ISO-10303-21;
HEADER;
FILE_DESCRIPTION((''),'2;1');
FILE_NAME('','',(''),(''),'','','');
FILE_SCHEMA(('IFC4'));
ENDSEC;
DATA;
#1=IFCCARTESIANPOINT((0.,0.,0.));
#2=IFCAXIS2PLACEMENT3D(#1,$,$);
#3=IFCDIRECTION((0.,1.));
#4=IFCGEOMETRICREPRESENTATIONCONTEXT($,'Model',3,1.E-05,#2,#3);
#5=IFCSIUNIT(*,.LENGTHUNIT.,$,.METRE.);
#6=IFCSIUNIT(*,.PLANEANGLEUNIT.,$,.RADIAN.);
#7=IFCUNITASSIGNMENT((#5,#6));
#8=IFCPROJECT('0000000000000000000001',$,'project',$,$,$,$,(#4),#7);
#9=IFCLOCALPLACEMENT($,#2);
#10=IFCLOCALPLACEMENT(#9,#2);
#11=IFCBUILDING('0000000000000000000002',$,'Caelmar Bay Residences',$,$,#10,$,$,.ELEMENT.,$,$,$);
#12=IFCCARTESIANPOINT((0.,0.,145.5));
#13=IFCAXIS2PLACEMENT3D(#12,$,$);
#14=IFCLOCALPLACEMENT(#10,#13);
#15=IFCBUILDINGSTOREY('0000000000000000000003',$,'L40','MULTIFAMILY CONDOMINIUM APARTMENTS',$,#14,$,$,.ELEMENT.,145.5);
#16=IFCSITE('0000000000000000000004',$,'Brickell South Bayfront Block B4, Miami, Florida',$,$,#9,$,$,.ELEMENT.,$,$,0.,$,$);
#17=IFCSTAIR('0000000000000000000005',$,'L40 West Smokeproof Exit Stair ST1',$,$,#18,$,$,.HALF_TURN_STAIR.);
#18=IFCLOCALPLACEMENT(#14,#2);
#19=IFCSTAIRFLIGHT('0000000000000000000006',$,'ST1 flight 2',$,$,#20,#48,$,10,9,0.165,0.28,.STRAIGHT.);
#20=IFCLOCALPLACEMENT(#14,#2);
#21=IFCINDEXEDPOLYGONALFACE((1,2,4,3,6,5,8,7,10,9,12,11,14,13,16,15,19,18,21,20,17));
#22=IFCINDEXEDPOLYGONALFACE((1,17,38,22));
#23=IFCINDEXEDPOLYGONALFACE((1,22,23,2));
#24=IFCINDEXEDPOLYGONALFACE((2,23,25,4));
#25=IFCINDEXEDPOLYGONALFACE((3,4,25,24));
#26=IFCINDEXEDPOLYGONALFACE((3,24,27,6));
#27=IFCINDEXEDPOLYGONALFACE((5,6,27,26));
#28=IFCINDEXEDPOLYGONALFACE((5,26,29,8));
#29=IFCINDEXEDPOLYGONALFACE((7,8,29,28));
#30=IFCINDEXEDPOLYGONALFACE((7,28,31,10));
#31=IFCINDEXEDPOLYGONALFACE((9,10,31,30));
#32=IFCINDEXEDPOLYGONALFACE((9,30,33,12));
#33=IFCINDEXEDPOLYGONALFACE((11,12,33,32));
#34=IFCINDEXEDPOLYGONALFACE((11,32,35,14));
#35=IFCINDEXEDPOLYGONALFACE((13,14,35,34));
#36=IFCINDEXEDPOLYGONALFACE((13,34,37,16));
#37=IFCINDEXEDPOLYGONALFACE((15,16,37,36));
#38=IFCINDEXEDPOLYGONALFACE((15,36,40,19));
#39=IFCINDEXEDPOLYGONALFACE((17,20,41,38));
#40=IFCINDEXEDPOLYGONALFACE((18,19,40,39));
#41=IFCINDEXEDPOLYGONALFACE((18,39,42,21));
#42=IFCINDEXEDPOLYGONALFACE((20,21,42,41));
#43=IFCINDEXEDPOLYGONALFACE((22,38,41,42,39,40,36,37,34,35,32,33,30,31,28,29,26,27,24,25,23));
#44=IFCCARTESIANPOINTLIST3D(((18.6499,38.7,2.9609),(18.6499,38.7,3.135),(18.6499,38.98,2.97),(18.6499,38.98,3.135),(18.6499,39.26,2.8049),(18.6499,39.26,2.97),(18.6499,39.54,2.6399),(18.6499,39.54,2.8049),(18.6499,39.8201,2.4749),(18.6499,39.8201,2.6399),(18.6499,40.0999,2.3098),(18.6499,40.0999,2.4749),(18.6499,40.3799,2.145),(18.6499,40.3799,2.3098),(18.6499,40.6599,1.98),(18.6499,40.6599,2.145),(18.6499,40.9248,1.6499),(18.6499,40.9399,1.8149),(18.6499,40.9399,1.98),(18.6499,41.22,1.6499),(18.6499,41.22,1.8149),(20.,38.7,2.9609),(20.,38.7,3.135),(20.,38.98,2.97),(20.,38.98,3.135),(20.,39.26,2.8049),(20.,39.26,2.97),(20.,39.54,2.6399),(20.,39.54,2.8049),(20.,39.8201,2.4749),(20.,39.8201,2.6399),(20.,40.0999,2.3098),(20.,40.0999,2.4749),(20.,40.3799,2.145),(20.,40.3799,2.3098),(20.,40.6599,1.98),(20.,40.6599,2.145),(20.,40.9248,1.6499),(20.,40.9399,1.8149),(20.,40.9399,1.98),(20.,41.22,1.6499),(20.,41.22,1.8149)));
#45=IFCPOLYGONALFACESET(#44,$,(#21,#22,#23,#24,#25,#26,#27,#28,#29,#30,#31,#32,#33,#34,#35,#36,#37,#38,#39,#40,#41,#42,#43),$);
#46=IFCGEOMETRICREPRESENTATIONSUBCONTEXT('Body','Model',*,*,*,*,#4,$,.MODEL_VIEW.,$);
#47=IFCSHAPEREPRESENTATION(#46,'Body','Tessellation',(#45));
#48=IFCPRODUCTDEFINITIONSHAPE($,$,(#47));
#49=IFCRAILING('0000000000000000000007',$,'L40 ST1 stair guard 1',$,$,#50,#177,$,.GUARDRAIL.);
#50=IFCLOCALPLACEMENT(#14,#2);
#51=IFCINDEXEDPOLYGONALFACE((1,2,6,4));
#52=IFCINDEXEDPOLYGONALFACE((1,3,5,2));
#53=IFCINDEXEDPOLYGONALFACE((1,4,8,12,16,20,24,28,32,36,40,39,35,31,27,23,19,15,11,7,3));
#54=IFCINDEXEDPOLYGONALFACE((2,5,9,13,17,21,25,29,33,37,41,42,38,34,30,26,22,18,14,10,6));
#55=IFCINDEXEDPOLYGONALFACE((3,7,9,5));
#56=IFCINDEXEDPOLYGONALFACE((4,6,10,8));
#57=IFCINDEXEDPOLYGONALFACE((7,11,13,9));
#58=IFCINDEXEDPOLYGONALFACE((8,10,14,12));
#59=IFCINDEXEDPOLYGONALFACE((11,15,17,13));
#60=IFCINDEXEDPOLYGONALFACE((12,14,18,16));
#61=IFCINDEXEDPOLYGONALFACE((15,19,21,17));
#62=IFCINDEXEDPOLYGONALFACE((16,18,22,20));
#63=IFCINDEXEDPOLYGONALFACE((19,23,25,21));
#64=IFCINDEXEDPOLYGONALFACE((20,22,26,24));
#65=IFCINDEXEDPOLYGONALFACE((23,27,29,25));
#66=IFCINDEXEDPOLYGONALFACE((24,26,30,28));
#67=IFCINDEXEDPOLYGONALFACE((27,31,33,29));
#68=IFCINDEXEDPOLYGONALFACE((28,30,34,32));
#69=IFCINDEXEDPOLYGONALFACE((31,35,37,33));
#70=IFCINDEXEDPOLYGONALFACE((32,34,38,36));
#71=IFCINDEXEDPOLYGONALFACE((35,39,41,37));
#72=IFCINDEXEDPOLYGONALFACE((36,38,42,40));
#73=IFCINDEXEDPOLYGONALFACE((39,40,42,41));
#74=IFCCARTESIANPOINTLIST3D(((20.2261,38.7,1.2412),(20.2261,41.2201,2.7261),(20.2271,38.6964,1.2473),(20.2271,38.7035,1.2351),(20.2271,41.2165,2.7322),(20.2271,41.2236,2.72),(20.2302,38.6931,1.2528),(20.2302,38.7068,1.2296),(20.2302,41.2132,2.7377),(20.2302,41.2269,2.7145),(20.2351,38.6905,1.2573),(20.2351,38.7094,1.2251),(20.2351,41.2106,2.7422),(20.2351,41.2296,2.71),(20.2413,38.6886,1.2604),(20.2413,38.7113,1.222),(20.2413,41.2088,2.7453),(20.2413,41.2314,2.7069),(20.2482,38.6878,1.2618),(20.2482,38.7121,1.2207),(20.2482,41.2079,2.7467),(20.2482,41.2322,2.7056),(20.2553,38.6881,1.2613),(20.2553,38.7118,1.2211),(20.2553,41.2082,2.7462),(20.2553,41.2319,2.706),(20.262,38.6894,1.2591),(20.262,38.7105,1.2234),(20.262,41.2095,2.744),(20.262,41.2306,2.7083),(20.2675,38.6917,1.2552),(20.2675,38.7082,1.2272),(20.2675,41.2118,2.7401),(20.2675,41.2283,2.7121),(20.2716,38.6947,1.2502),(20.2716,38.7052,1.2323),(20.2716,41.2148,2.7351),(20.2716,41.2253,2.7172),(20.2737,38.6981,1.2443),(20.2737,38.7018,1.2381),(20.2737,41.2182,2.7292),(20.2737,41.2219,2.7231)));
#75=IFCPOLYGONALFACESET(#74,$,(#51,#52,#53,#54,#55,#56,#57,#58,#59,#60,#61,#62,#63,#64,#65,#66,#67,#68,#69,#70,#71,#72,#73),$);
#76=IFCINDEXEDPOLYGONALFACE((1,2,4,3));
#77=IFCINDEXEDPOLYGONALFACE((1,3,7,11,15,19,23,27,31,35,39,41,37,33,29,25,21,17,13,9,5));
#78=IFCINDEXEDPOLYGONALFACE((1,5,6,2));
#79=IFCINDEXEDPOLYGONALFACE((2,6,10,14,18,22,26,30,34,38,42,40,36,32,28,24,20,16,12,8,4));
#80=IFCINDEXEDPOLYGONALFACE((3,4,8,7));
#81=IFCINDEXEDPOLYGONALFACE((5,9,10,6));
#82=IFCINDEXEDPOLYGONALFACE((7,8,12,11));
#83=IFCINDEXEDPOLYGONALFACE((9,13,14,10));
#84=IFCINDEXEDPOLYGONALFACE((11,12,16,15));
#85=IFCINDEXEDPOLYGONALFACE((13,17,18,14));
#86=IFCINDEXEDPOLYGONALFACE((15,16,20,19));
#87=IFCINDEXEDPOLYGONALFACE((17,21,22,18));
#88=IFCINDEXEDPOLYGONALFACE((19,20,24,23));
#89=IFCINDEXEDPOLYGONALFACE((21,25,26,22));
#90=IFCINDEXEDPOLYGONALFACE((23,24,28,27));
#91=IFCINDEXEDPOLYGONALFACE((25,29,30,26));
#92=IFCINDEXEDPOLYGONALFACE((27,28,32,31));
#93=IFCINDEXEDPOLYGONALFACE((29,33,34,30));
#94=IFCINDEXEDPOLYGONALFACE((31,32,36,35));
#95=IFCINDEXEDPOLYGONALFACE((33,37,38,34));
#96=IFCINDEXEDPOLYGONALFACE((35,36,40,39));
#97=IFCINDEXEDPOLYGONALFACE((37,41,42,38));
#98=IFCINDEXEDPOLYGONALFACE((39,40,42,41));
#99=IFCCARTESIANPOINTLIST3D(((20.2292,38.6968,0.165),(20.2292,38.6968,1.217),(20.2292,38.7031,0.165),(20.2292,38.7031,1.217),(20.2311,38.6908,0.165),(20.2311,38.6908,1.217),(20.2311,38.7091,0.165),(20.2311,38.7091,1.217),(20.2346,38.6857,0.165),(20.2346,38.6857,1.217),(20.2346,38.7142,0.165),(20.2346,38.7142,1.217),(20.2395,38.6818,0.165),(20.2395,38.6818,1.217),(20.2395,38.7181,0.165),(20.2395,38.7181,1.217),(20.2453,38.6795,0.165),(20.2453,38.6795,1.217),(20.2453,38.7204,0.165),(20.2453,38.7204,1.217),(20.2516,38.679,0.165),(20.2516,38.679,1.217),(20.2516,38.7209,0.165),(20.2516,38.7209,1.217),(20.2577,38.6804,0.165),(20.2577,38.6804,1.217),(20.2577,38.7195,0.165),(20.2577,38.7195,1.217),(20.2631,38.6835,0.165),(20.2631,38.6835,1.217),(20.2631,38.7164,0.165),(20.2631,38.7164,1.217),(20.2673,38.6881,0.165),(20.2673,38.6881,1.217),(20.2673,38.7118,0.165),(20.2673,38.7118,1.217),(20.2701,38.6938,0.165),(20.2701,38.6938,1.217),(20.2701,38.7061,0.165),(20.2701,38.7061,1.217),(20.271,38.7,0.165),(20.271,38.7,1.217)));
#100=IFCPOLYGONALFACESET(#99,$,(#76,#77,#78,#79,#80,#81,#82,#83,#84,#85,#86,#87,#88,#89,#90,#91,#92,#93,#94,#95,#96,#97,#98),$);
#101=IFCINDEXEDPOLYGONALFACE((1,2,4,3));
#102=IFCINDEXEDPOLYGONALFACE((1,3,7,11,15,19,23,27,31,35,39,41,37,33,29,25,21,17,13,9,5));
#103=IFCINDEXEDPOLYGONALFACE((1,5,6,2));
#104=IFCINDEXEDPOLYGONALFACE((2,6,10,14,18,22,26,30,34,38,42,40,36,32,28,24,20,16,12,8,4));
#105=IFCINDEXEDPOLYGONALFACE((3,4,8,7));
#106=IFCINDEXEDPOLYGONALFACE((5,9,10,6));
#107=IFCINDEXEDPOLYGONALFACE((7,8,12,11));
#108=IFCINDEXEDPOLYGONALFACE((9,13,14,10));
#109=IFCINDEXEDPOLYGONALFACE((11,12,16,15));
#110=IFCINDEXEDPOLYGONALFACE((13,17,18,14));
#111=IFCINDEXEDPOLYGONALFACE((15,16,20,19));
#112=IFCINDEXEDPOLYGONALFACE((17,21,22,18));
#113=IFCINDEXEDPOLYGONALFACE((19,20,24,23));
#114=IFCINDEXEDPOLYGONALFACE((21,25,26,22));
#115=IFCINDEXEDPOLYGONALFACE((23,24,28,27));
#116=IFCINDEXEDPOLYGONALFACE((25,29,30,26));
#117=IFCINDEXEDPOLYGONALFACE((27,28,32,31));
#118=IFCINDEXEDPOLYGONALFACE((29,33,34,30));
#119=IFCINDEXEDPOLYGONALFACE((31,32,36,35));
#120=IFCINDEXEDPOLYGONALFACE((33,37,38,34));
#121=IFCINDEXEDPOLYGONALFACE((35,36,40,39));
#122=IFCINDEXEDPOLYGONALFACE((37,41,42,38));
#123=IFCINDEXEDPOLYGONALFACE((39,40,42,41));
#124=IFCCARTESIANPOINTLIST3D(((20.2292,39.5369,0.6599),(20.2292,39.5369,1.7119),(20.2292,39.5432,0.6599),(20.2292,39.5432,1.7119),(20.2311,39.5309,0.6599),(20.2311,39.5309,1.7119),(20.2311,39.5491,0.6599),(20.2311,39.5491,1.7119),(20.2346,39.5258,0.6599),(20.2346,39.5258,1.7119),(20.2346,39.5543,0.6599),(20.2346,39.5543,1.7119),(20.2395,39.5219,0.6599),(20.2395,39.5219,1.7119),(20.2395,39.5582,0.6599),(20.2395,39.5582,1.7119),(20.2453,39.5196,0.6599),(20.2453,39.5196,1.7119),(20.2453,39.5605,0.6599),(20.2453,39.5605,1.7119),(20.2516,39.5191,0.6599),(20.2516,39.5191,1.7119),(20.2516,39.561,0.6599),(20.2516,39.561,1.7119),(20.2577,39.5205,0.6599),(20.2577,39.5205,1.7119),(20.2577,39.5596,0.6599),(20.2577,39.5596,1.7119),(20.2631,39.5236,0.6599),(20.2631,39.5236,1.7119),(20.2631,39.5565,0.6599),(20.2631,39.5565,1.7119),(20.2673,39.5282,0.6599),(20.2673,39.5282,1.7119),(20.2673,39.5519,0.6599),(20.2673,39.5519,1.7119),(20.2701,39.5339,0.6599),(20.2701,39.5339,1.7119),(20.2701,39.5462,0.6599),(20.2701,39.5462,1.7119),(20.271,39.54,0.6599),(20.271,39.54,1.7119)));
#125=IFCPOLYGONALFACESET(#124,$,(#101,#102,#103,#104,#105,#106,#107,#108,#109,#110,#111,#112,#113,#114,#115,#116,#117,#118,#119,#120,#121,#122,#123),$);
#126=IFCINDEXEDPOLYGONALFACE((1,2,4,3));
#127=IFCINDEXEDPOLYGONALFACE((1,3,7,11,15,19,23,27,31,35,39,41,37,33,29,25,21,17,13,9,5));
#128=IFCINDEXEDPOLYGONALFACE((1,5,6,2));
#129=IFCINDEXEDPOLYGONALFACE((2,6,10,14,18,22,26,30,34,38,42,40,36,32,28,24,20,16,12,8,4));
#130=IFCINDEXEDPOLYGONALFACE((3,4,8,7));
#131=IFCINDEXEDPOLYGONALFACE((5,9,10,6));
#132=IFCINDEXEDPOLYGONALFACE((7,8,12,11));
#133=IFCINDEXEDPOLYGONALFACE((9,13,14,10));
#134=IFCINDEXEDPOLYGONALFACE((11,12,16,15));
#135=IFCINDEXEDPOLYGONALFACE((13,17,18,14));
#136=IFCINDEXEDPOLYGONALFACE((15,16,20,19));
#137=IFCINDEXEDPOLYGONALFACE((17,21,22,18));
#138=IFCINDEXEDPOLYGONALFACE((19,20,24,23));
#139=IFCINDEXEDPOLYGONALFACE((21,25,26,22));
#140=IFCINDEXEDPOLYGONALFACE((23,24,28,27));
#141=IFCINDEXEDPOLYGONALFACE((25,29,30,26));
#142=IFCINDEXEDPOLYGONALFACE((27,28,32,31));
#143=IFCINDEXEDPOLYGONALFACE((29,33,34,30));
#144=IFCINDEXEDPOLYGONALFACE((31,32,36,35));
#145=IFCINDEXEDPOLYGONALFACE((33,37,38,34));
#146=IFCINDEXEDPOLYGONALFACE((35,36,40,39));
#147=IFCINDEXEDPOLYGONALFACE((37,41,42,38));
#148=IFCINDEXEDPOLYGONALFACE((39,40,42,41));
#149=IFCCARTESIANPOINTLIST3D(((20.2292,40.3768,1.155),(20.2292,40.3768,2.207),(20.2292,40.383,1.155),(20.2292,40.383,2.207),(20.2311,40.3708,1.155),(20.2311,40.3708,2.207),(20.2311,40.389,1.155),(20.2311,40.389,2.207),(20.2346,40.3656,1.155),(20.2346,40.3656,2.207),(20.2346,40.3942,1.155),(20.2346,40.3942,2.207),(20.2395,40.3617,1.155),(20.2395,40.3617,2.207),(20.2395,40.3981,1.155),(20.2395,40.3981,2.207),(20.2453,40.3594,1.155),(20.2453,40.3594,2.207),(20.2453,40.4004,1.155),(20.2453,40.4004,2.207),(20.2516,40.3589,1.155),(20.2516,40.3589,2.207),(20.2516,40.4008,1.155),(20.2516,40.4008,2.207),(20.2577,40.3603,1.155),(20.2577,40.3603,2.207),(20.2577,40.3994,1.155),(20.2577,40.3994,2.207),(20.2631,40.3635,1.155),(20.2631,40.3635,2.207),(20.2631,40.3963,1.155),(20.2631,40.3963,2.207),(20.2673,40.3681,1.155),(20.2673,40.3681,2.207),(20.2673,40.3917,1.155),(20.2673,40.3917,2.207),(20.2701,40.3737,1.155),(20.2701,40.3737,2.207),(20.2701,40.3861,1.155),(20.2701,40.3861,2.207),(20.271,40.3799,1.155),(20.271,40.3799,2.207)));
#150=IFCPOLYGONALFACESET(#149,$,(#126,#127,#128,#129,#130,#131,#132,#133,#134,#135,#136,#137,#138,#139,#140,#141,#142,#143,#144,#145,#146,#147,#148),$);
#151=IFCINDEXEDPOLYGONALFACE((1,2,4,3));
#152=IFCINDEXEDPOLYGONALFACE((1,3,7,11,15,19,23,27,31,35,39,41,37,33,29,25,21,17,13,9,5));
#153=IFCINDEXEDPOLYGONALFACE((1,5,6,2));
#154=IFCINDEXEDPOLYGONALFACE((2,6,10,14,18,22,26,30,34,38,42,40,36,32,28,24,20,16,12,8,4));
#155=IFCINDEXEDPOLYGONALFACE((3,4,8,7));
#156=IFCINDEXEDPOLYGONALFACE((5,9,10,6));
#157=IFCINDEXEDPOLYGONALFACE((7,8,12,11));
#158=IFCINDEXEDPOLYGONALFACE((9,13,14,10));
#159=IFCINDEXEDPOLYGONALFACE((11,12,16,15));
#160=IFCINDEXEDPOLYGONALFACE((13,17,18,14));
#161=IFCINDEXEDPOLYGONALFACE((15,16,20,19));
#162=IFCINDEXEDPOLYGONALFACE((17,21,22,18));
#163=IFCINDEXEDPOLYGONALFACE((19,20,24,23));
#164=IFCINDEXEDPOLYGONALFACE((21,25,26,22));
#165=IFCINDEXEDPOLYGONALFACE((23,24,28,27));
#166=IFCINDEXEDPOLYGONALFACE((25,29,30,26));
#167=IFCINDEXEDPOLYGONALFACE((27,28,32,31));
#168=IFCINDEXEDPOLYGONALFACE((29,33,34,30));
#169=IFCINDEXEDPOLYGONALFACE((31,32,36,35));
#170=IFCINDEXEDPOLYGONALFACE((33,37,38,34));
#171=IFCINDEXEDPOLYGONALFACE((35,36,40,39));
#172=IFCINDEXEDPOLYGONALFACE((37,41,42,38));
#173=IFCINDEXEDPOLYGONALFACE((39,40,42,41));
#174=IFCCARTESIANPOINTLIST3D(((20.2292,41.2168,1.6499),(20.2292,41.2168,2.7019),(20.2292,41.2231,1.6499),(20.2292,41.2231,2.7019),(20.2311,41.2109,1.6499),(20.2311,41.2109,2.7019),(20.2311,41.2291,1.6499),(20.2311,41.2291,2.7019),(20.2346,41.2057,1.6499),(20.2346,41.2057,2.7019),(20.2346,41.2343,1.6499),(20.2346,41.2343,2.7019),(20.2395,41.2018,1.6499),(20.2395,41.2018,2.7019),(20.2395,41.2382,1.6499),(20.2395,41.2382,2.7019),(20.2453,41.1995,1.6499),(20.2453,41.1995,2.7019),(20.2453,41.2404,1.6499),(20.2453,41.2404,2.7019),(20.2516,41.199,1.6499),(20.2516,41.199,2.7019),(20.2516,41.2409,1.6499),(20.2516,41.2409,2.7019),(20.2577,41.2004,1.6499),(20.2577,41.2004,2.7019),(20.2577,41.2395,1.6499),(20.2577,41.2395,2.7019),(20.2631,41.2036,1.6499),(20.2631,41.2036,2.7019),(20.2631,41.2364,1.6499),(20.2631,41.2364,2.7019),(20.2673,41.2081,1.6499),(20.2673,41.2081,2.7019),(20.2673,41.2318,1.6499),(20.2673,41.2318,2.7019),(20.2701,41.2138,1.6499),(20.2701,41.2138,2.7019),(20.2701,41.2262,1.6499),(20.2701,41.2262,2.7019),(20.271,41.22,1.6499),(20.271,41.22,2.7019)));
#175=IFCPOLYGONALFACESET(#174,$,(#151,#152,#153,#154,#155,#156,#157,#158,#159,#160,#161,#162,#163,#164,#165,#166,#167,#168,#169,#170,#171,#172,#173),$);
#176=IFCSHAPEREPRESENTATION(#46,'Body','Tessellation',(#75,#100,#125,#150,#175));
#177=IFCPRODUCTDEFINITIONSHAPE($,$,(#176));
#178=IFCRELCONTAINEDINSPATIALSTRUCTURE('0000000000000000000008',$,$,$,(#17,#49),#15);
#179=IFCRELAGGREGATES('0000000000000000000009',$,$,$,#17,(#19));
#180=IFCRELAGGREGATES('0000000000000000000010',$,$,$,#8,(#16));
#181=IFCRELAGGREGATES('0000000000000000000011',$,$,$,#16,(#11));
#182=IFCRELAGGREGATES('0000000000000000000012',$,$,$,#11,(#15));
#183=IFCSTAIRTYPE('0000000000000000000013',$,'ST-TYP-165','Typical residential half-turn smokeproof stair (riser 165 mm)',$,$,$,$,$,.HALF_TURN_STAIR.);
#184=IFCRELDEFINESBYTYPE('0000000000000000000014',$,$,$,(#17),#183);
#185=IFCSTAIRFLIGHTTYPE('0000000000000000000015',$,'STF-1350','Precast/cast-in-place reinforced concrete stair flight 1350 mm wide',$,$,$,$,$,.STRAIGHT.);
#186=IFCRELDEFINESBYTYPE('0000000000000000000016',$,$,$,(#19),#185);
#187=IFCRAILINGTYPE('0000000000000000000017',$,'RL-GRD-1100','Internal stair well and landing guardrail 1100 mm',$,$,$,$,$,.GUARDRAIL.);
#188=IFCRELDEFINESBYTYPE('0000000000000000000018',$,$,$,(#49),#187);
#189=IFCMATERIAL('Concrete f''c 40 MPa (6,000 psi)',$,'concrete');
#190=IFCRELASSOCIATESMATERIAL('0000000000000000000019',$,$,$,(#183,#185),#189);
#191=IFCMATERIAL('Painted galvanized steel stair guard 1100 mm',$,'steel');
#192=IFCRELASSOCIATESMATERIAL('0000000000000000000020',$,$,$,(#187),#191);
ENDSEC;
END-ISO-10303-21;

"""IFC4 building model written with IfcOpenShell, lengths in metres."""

from ifc_helpers import new_model, si_unit, direction, frame, origin, origin_2d, place, context, subcontext, project, spatial, polyline, circle, outline, extrude, material, type_object, element, aggregate, save


model = new_model("IFC4")

# Units and contexts
model_context = context("Model", 3, precision=1e-05, world=origin(), true_north=direction((0.0, 1.0)))
body_context = subcontext(model_context, "Body", "Model", "MODEL_VIEW")
ifc_project = project(units=[si_unit("LENGTHUNIT", "METRE"), si_unit("PLANEANGLEUNIT", "RADIAN")], contexts=[model_context])

# Site, building, storey
site_placement = place(None, origin())
site = spatial("IfcSite", under=ifc_project, at=site_placement, Name="Brickell South Bayfront Block B4, Miami, Florida", CompositionType="ELEMENT", RefElevation=0.0)
building_placement = place(site_placement, origin())
building = spatial("IfcBuilding", under=site, at=building_placement, Name="Caelmar Bay Residences", CompositionType="ELEMENT")
storey_placement = place(building_placement, frame((0.0, 0.0, 145.5)))
storey = spatial("IfcBuildingStorey", under=building, at=storey_placement, Name="L40", Description="MULTIFAMILY CONDOMINIUM APARTMENTS", CompositionType="ELEMENT", Elevation=145.5)

# Stair, stair flight
ifc_material_1 = material(Name="Concrete f'c 40 MPa (6,000 psi)", Category="concrete")
stair_type = type_object("IfcStairType", Name="ST-TYP-165", Description="Typical residential half-turn smokeproof stair (riser 165 mm)", PredefinedType="HALF_TURN_STAIR", material=ifc_material_1)
stair_placement = place(storey_placement, origin())
stair = element("IfcStair", 1, at=stair_placement, inside=storey, type_object=stair_type, Name="L40 West Smokeproof Exit Stair ST1", PredefinedType="HALF_TURN_STAIR")
stair_flight_type = type_object("IfcStairFlightType", Name="STF-1350", Description="Precast/cast-in-place reinforced concrete stair flight 1350 mm wide", PredefinedType="STRAIGHT", material=ifc_material_1)
stair_flight_1_placement = place(storey_placement, frame((19.325, 41.22, 1.6499), z_axis=(0.0, 0.0, 1.0), x_axis=(0.0, -1.0, 0.0)))
stair_flight_1 = element("IfcStairFlight", 2, at=stair_flight_1_placement, type_object=stair_flight_type, Name="ST1 flight 2", NumberOfRisers=10, NumberOfTreads=9, PredefinedType="STRAIGHT", RiserHeight=0.165, TreadLength=0.28, context=body_context, shape_type="SweptSolid", body=[
    extrude(outline(polyline([(0.0, 0.0), (0.0, 0.165), (0.28, 0.165), (0.28, 0.3301), (0.5601, 0.3301), (0.5601, 0.4951), (0.8401, 0.4951), (0.8401, 0.6599), (1.1201, 0.6599), (1.1201, 0.825), (1.3999, 0.825), (1.3999, 0.99), (1.6799, 0.99), (1.6799, 1.155), (1.96, 1.155), (1.96, 1.3201), (2.24, 1.3201), (2.24, 1.4851), (2.52, 1.4851), (2.52, 1.6499), (2.52, 1.311), (0.2952, 0.0), (0.0, 0.0)])), frame((0.0, 0.675, 0.0), z_axis=(0.0, -1.0, 0.0), x_axis=(1.0, 0.0, 0.0)), (0.0, 0.0, 1.0), 1.3501),
])
aggregate(stair, [stair_flight_1])

# Railing
ifc_material_2 = material(Name="Painted galvanized steel stair guard 1100 mm", Category="steel")
railing_type_1 = type_object("IfcRailingType", Name="RL-GRD-1100", Description="Internal stair well and landing guardrail 1100 mm", PredefinedType="GUARDRAIL", material=ifc_material_2)
railing_1_placement = place(storey_placement, frame((20.25, 38.7, 0.165)))
element("IfcRailing", 3, at=railing_1_placement, inside=storey, type_object=railing_type_1, Name="L40 ST1 stair guard 1", PredefinedType="GUARDRAIL", context=body_context, shape_type="SweptSolid", body=[
    extrude(circle(Radius=0.0239, at=origin_2d()), frame((0.0, 0.0, 1.0762), z_axis=(0.0, 0.861561, 0.507655), x_axis=(-1.0, 0.0, 0.0)), (0.0, 0.0, 1.0), 2.925),
    extrude(circle(Radius=0.021, at=origin_2d()), origin(), (0.0, 0.0, 1.0), 1.052),
    extrude(circle(Radius=0.021, at=origin_2d()), frame((0.0, 0.8401, 0.4949)), (0.0, 0.0, 1.0), 1.052),
    extrude(circle(Radius=0.021, at=origin_2d()), frame((0.0, 1.6799, 0.99)), (0.0, 0.0, 1.0), 1.052),
    extrude(circle(Radius=0.021, at=origin_2d()), frame((0.0, 2.52, 1.4849)), (0.0, 0.0, 1.0), 1.052),
])

save(model, "model.ifc")
